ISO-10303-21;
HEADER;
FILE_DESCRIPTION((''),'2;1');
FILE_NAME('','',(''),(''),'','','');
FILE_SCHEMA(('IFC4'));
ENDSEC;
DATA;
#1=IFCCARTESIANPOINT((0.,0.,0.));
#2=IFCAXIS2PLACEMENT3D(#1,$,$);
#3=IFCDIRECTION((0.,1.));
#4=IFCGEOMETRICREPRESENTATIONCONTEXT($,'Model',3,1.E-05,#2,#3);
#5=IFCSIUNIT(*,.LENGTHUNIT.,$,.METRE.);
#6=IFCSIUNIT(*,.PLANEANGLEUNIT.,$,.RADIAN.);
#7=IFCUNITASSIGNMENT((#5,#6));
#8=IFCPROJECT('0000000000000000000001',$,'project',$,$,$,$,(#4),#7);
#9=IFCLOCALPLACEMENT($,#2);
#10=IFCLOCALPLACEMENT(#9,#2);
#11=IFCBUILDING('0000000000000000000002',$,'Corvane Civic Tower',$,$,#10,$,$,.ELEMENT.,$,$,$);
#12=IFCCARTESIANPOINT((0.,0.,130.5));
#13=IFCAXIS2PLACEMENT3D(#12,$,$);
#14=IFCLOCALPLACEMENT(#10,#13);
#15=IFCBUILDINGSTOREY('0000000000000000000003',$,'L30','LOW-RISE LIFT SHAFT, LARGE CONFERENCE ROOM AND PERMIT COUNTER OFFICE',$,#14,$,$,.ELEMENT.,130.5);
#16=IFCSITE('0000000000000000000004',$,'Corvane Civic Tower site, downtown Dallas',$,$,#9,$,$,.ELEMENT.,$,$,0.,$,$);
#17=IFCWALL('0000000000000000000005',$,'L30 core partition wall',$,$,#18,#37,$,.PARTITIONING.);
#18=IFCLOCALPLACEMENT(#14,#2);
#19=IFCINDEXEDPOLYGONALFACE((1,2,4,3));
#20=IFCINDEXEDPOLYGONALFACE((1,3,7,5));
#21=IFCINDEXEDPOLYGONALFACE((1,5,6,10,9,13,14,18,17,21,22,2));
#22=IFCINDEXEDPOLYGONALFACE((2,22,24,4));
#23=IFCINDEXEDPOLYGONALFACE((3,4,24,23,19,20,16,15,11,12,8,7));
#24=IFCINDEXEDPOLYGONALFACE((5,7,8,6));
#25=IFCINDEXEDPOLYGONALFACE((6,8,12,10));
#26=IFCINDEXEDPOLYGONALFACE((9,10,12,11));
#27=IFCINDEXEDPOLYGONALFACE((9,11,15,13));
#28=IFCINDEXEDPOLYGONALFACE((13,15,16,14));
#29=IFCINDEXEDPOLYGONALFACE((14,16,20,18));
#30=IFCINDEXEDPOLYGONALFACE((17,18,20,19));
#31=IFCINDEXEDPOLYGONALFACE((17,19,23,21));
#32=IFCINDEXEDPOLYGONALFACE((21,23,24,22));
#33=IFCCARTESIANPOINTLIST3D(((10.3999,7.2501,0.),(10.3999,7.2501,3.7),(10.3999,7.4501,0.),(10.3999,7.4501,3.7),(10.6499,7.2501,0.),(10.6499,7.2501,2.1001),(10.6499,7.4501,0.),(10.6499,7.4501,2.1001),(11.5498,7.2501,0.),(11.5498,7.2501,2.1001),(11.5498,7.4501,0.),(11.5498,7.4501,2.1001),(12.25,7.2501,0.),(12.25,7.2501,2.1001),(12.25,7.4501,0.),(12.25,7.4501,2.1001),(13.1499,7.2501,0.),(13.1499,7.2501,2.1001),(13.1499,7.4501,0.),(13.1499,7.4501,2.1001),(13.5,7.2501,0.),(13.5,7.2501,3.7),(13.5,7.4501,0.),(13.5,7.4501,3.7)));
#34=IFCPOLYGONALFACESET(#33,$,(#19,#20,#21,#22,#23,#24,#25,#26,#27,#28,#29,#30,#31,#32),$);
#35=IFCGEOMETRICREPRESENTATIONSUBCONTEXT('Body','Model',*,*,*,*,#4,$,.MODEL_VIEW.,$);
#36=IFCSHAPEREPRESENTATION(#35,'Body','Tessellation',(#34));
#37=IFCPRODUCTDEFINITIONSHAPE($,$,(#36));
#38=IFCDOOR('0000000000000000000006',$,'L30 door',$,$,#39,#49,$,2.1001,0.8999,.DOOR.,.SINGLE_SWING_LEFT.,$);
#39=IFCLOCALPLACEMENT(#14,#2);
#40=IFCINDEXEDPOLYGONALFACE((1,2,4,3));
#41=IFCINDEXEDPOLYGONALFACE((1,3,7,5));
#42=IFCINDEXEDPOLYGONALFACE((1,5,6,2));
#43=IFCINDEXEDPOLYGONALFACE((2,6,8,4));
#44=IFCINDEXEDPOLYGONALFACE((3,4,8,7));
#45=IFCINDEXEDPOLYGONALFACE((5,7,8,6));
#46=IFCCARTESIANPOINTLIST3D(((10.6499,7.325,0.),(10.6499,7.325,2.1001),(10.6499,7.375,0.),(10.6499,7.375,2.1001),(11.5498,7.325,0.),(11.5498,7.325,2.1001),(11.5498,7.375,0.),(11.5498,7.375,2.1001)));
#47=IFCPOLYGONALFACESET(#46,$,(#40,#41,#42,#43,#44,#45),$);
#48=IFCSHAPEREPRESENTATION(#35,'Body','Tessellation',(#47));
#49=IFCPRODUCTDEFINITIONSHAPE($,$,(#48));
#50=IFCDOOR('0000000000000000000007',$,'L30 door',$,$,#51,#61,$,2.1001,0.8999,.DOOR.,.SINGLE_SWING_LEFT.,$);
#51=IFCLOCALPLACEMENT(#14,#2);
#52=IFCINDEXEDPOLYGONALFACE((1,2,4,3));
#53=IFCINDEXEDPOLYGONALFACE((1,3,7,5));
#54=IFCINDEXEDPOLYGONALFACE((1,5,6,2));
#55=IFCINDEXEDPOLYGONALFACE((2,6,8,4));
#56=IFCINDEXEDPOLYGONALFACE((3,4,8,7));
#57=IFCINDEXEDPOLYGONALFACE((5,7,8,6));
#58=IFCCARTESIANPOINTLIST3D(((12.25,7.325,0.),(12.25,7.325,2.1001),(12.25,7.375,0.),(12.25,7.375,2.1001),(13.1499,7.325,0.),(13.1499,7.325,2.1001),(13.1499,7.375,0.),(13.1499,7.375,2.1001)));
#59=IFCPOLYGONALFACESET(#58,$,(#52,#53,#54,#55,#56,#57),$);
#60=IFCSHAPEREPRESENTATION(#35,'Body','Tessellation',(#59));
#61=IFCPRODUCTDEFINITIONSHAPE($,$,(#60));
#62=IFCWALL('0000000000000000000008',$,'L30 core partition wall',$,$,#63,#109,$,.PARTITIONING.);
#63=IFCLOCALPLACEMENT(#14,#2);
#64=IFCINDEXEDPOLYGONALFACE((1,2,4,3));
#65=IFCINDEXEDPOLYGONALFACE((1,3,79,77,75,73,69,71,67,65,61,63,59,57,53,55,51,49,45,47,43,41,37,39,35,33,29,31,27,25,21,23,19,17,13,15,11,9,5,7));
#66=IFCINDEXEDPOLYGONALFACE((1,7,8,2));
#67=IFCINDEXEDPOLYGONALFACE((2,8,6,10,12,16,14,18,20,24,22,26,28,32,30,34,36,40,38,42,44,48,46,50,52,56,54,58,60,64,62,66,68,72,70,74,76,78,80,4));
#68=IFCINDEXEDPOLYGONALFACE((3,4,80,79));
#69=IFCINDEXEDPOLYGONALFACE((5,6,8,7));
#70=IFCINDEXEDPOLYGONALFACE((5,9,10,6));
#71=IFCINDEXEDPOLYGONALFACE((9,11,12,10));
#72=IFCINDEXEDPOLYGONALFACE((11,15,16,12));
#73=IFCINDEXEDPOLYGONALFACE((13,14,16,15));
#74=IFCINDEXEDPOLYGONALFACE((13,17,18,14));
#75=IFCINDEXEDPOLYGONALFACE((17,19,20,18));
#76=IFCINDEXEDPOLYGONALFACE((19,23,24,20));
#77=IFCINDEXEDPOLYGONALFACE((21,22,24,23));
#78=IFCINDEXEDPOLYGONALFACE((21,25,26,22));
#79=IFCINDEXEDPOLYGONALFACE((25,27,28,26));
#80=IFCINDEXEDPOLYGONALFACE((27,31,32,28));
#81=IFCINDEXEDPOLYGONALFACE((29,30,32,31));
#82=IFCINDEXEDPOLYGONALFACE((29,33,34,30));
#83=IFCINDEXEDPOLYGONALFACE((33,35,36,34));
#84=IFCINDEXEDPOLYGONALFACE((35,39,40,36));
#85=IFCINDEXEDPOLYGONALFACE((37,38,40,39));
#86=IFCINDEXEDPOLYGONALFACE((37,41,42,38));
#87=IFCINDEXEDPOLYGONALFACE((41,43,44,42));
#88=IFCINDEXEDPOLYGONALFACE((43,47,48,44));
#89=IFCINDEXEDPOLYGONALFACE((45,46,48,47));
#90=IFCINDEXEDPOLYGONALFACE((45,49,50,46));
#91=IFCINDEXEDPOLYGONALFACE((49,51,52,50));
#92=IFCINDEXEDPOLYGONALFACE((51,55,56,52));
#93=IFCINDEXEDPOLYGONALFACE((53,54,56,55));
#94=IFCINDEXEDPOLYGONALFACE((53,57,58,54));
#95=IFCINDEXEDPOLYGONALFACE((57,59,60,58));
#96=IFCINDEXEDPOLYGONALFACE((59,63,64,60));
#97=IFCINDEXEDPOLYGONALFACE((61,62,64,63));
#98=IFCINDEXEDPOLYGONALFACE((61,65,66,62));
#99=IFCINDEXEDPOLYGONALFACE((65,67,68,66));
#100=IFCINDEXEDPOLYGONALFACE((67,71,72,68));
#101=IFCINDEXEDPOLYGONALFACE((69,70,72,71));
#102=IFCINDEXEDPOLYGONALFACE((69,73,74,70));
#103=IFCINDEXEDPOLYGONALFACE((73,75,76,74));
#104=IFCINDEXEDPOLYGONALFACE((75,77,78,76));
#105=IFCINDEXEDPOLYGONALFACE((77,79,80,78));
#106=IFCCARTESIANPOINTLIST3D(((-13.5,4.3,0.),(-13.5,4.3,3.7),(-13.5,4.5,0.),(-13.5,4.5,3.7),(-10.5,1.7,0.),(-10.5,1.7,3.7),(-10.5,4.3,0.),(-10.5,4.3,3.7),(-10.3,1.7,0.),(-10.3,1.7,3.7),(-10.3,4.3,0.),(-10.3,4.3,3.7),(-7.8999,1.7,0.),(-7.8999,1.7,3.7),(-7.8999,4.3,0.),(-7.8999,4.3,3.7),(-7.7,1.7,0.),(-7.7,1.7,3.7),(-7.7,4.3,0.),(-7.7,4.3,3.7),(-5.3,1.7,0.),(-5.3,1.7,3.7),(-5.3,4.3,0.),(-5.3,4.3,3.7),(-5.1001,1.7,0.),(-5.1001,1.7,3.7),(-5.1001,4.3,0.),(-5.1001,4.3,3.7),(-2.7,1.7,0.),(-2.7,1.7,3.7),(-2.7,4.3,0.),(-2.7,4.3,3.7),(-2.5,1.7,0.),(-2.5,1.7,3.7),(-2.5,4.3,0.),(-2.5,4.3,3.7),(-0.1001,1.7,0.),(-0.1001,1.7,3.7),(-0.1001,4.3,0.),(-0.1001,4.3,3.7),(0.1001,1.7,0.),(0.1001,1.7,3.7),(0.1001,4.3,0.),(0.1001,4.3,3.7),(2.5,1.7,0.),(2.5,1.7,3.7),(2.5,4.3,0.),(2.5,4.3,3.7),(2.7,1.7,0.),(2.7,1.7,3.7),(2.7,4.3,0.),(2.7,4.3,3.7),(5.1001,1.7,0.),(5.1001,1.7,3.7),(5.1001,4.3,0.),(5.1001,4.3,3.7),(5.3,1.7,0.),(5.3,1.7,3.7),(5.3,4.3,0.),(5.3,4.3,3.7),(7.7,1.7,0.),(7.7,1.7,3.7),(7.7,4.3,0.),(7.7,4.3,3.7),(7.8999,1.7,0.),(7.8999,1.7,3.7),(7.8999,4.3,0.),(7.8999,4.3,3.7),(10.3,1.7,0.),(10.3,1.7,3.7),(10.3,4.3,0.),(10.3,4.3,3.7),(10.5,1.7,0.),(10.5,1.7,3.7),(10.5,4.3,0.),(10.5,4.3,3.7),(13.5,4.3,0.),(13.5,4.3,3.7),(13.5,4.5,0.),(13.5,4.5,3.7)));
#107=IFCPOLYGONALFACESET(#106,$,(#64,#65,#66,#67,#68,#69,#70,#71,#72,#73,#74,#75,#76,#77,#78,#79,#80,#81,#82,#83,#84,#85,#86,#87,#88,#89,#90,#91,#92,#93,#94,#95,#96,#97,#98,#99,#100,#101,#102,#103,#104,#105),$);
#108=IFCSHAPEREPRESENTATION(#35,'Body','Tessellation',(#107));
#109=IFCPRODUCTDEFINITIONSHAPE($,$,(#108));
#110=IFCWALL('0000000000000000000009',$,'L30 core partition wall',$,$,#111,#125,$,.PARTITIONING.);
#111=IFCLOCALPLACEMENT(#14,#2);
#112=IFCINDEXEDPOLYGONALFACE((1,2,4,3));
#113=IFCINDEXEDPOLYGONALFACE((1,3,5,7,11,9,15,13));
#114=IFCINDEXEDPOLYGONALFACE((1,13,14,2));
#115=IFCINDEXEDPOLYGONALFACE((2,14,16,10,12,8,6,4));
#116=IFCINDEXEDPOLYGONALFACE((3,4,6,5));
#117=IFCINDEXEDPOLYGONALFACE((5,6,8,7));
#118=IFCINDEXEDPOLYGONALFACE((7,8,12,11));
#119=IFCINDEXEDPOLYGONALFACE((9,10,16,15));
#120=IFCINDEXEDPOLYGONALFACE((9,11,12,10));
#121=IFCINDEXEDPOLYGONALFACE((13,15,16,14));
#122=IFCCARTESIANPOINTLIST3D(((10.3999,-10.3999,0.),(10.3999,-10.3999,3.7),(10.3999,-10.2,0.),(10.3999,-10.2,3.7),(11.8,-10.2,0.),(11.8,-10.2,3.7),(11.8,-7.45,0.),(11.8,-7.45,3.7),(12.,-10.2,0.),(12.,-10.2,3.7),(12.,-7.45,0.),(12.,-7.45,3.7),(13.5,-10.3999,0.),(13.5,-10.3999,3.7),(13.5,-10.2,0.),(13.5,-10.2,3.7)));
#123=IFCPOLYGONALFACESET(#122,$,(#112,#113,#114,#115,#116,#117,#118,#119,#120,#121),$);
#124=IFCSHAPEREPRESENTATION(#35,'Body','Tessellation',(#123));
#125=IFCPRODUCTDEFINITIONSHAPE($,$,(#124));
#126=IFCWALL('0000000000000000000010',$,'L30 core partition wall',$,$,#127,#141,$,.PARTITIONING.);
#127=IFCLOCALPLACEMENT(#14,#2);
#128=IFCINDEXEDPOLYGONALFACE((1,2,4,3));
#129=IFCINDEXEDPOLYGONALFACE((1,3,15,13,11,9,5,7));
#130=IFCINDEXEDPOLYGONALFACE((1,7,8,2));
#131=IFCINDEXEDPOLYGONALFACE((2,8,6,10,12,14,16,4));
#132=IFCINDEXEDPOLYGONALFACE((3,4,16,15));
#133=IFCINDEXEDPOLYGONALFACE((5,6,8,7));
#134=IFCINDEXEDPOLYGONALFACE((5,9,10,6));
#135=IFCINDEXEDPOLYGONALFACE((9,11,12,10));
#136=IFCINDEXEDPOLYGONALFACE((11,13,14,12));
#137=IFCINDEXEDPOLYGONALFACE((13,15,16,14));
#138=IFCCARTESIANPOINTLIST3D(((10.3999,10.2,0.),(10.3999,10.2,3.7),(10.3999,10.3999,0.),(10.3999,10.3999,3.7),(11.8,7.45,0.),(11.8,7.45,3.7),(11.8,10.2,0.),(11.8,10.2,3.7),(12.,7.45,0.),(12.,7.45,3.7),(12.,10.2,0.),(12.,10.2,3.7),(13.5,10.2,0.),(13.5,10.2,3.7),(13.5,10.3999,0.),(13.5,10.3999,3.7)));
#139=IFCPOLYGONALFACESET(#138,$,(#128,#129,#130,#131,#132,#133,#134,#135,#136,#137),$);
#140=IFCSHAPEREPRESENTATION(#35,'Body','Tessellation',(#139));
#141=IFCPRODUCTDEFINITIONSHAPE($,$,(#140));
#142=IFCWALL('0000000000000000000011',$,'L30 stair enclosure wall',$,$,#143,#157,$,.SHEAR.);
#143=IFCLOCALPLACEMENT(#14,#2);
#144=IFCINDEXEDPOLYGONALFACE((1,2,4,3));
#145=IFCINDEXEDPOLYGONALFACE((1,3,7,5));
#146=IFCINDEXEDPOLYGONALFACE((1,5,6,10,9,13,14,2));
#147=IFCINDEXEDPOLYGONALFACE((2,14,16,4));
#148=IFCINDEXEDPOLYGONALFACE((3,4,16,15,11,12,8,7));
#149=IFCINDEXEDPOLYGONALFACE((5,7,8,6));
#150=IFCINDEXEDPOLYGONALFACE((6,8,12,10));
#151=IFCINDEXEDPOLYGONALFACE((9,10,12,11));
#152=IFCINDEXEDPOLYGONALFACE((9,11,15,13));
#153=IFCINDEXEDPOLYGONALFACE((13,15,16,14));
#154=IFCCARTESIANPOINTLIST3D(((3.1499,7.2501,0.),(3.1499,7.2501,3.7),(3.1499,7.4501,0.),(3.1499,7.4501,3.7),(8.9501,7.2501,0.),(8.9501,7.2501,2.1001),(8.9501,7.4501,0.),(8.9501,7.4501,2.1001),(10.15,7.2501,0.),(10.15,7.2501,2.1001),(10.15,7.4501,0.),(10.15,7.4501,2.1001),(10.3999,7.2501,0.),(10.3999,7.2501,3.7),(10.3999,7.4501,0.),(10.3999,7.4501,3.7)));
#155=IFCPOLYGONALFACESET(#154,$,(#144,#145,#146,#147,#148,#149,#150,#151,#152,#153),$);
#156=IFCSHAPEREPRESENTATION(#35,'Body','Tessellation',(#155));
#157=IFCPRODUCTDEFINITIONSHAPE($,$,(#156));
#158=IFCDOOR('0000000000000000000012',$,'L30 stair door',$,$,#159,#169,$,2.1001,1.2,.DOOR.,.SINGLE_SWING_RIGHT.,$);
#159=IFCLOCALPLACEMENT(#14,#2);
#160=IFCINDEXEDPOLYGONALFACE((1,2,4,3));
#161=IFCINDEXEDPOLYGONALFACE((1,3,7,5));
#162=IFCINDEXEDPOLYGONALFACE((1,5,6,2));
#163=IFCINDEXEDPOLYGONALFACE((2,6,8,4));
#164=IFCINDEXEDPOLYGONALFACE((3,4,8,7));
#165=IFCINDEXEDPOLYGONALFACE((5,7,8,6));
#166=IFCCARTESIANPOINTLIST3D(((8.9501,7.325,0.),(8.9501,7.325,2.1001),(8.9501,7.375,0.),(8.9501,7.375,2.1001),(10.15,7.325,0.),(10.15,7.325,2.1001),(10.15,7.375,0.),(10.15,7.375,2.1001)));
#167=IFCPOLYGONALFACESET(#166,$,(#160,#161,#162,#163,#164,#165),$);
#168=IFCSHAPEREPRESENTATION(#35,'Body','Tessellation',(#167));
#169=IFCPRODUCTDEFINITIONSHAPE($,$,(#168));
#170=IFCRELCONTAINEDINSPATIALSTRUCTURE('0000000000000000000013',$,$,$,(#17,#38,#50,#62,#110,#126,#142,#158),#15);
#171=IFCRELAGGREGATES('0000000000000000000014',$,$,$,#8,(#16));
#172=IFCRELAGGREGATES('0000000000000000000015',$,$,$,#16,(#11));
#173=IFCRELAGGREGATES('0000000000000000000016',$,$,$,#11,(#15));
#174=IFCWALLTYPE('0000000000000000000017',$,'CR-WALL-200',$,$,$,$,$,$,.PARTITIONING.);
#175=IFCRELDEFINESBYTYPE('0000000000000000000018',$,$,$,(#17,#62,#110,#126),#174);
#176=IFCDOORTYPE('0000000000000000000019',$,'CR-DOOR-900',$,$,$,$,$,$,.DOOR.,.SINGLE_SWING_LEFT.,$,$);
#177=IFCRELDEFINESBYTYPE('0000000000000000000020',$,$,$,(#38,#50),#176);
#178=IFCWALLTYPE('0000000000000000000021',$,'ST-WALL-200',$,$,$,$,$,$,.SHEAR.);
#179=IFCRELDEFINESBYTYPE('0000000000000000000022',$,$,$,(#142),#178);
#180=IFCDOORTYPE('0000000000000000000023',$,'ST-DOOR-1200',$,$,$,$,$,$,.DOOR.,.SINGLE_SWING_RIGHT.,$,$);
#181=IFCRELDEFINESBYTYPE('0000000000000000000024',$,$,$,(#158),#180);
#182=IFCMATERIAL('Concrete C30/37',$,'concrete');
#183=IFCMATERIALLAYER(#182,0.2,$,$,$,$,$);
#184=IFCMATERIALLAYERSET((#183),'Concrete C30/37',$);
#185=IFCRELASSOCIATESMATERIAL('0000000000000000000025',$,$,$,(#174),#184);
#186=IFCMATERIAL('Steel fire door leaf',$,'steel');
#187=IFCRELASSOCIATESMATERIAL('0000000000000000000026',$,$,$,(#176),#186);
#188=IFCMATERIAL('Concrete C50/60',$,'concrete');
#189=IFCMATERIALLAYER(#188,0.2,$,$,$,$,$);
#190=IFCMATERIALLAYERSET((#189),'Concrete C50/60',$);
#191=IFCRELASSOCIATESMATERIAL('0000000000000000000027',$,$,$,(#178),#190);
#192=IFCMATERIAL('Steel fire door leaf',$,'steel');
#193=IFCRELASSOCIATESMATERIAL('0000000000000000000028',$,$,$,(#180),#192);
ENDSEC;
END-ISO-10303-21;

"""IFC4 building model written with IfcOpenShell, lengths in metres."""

from ifc_helpers import new_model, si_unit, direction, frame, frame_2d, origin, place, context, subcontext, project, spatial, polyline, rectangle, outline, extrude, material, layer, layer_set, type_object, element, fill, save


model = new_model("IFC4")

# Units and contexts
model_context = context("Model", 3, precision=1e-05, world=origin(), true_north=direction((0.0, 1.0)))
body_context = subcontext(model_context, "Body", "Model", "MODEL_VIEW")
ifc_project = project(units=[si_unit("LENGTHUNIT", "METRE"), si_unit("PLANEANGLEUNIT", "RADIAN")], contexts=[model_context])

# Site, building, storey
site_placement = place(None, origin())
site = spatial("IfcSite", under=ifc_project, at=site_placement, Name="Corvane Civic Tower site, downtown Dallas", CompositionType="ELEMENT", RefElevation=0.0)
building_placement = place(site_placement, origin())
building = spatial("IfcBuilding", under=site, at=building_placement, Name="Corvane Civic Tower", CompositionType="ELEMENT")
storey_placement = place(building_placement, frame((0.0, 0.0, 130.5)))
storey = spatial("IfcBuildingStorey", under=building, at=storey_placement, Name="L30", Description="LOW-RISE LIFT SHAFT, LARGE CONFERENCE ROOM AND PERMIT COUNTER OFFICE", CompositionType="ELEMENT", Elevation=130.5)

# Wall, openings, doors
ifc_material_1 = material(Name="Concrete C30/37", Category="concrete")
ifc_layer_1 = layer(ifc_material_1, 0.2)
ifc_layer_set_1 = layer_set([ifc_layer_1], Name="Concrete C30/37")
wall_type_1 = type_object("IfcWallType", Name="CR-WALL-200", PredefinedType="PARTITIONING", material=ifc_layer_set_1)
wall_1_placement = place(storey_placement, frame((10.3999, 7.3501, 0.0), z_axis=(0.0, 0.0, 1.0), x_axis=(1.0, 0.0, 0.0)))
wall_1 = element("IfcWall", 1, at=wall_1_placement, inside=storey, type_object=wall_type_1, Name="L30 core partition wall", PredefinedType="PARTITIONING", context=body_context, shape_type="SweptSolid", body=[
    extrude(rectangle(XDim=3.1001, YDim=0.2, at=frame_2d((1.55, 0.0))), origin(), (0.0, 0.0, 1.0), 3.7),
])
opening_1_placement = place(wall_1_placement, frame((0.25, 0.0, 0.0)))
opening_1 = element("IfcOpeningElement", 2, at=opening_1_placement, cuts=wall_1, PredefinedType="OPENING", context=body_context, shape_type="SweptSolid", body=[
    extrude(rectangle(XDim=0.8999, YDim=2.1001, at=frame_2d((0.45, 1.05))), frame((0.0, 0.1099, 0.0), z_axis=(0.0, -1.0, 0.0), x_axis=(1.0, 0.0, 0.0)), (0.0, 0.0, 1.0), 0.22),
])
opening_2_placement = place(wall_1_placement, frame((1.8501, 0.0, 0.0)))
opening_2 = element("IfcOpeningElement", 3, at=opening_2_placement, cuts=wall_1, PredefinedType="OPENING", context=body_context, shape_type="SweptSolid", body=[
    extrude(rectangle(XDim=0.8999, YDim=2.1001, at=frame_2d((0.45, 1.05))), frame((0.0, 0.1099, 0.0), z_axis=(0.0, -1.0, 0.0), x_axis=(1.0, 0.0, 0.0)), (0.0, 0.0, 1.0), 0.22),
])
ifc_material_2 = material(Name="Steel fire door leaf", Category="steel")
door_type_1 = type_object("IfcDoorType", Name="CR-DOOR-900", OperationType="SINGLE_SWING_LEFT", PredefinedType="DOOR", material=ifc_material_2)
door_1_placement = place(opening_1_placement, origin())
door_1 = element("IfcDoor", 4, at=door_1_placement, inside=storey, type_object=door_type_1, Name="L30 door", OperationType="SINGLE_SWING_LEFT", OverallHeight=2.1001, OverallWidth=0.8999, PredefinedType="DOOR", context=body_context, shape_type="SweptSolid", body=[
    extrude(rectangle(XDim=0.8999, YDim=2.1001, at=frame_2d((0.45, 1.05))), frame((0.0, 0.0249, 0.0), z_axis=(0.0, -1.0, 0.0), x_axis=(1.0, 0.0, 0.0)), (0.0, 0.0, 1.0), 0.05),
])
fill(opening_1, door_1)
door_2_placement = place(opening_2_placement, origin())
door_2 = element("IfcDoor", 5, at=door_2_placement, inside=storey, type_object=door_type_1, Name="L30 door", OperationType="SINGLE_SWING_LEFT", OverallHeight=2.1001, OverallWidth=0.8999, PredefinedType="DOOR", context=body_context, shape_type="SweptSolid", body=[
    extrude(rectangle(XDim=0.8999, YDim=2.1001, at=frame_2d((0.45, 1.05))), frame((0.0, 0.0249, 0.0), z_axis=(0.0, -1.0, 0.0), x_axis=(1.0, 0.0, 0.0)), (0.0, 0.0, 1.0), 0.05),
])
fill(opening_2, door_2)

# Walls
wall_2_placement = place(storey_placement, origin())
element("IfcWall", 6, at=wall_2_placement, inside=storey, type_object=wall_type_1, Name="L30 core partition wall", PredefinedType="PARTITIONING", context=body_context, shape_type="SweptSolid", body=[
    extrude(outline(polyline([(-10.3, 1.7), (-10.5, 1.7), (-10.5, 4.3), (-13.5, 4.3), (-13.5, 4.5), (13.5, 4.5), (13.5, 4.3), (10.5, 4.3), (10.5, 1.7), (10.3, 1.7), (10.3, 4.3), (7.8999, 4.3), (7.8999, 1.7), (7.7, 1.7), (7.7, 4.3), (5.3, 4.3), (5.3, 1.7), (5.1001, 1.7), (5.1001, 4.3), (2.7, 4.3), (2.7, 1.7), (2.5, 1.7), (2.5, 4.3), (0.1001, 4.3), (0.1001, 1.7), (-0.1001, 1.7), (-0.1001, 4.3), (-2.5, 4.3), (-2.5, 1.7), (-2.7, 1.7), (-2.7, 4.3), (-5.1001, 4.3), (-5.1001, 1.7), (-5.3, 1.7), (-5.3, 4.3), (-7.7, 4.3), (-7.7, 1.7), (-7.8999, 1.7), (-7.8999, 4.3), (-10.3, 4.3), (-10.3, 1.7)])), origin(), (0.0, 0.0, 1.0), 3.7),
])
wall_3_placement = place(storey_placement, origin())
element("IfcWall", 7, at=wall_3_placement, inside=storey, type_object=wall_type_1, Name="L30 core partition wall", PredefinedType="PARTITIONING", context=body_context, shape_type="SweptSolid", body=[
    extrude(outline(polyline([(11.8, -7.45), (12.0, -7.45), (12.0, -10.2), (13.5, -10.2), (13.5, -10.3999), (10.3999, -10.3999), (10.3999, -10.2), (11.8, -10.2), (11.8, -7.45)])), origin(), (0.0, 0.0, 1.0), 3.7),
])
wall_4_placement = place(storey_placement, origin())
element("IfcWall", 8, at=wall_4_placement, inside=storey, type_object=wall_type_1, Name="L30 core partition wall", PredefinedType="PARTITIONING", context=body_context, shape_type="SweptSolid", body=[
    extrude(outline(polyline([(13.5, 10.3999), (13.5, 10.2), (12.0, 10.2), (12.0, 7.45), (11.8, 7.45), (11.8, 10.2), (10.3999, 10.2), (10.3999, 10.3999), (13.5, 10.3999)])), origin(), (0.0, 0.0, 1.0), 3.7),
])

# Wall, opening, door
ifc_material_3 = material(Name="Concrete C50/60", Category="concrete")
ifc_layer_2 = layer(ifc_material_3, 0.2)
ifc_layer_set_2 = layer_set([ifc_layer_2], Name="Concrete C50/60")
wall_type_2 = type_object("IfcWallType", Name="ST-WALL-200", PredefinedType="SHEAR", material=ifc_layer_set_2)
wall_5_placement = place(storey_placement, frame((3.1499, 7.3501, 0.0), z_axis=(0.0, 0.0, 1.0), x_axis=(1.0, 0.0, 0.0)))
wall_5 = element("IfcWall", 9, at=wall_5_placement, inside=storey, type_object=wall_type_2, Name="L30 stair enclosure wall", PredefinedType="SHEAR", context=body_context, shape_type="SweptSolid", body=[
    extrude(rectangle(XDim=7.25, YDim=0.2, at=frame_2d((3.625, 0.0))), origin(), (0.0, 0.0, 1.0), 3.7),
])
opening_3_placement = place(wall_5_placement, frame((5.8, 0.0, 0.0)))
opening_3 = element("IfcOpeningElement", 10, at=opening_3_placement, cuts=wall_5, PredefinedType="OPENING", context=body_context, shape_type="SweptSolid", body=[
    extrude(rectangle(XDim=1.2, YDim=2.1001, at=frame_2d((0.6001, 1.05))), frame((0.0, 0.1099, 0.0), z_axis=(0.0, -1.0, 0.0), x_axis=(1.0, 0.0, 0.0)), (0.0, 0.0, 1.0), 0.22),
])
ifc_material_4 = material(Name="Steel fire door leaf", Category="steel")
door_type_2 = type_object("IfcDoorType", Name="ST-DOOR-1200", OperationType="SINGLE_SWING_RIGHT", PredefinedType="DOOR", material=ifc_material_4)
door_3_placement = place(opening_3_placement, origin())
door_3 = element("IfcDoor", 11, at=door_3_placement, inside=storey, type_object=door_type_2, Name="L30 stair door", OperationType="SINGLE_SWING_RIGHT", OverallHeight=2.1001, OverallWidth=1.2, PredefinedType="DOOR", context=body_context, shape_type="SweptSolid", body=[
    extrude(rectangle(XDim=1.2, YDim=2.1001, at=frame_2d((0.6001, 1.05))), frame((0.0, 0.0249, 0.0), z_axis=(0.0, -1.0, 0.0), x_axis=(1.0, 0.0, 0.0)), (0.0, 0.0, 1.0), 0.05),
])
fill(opening_3, door_3)

save(model, "model.ifc")
